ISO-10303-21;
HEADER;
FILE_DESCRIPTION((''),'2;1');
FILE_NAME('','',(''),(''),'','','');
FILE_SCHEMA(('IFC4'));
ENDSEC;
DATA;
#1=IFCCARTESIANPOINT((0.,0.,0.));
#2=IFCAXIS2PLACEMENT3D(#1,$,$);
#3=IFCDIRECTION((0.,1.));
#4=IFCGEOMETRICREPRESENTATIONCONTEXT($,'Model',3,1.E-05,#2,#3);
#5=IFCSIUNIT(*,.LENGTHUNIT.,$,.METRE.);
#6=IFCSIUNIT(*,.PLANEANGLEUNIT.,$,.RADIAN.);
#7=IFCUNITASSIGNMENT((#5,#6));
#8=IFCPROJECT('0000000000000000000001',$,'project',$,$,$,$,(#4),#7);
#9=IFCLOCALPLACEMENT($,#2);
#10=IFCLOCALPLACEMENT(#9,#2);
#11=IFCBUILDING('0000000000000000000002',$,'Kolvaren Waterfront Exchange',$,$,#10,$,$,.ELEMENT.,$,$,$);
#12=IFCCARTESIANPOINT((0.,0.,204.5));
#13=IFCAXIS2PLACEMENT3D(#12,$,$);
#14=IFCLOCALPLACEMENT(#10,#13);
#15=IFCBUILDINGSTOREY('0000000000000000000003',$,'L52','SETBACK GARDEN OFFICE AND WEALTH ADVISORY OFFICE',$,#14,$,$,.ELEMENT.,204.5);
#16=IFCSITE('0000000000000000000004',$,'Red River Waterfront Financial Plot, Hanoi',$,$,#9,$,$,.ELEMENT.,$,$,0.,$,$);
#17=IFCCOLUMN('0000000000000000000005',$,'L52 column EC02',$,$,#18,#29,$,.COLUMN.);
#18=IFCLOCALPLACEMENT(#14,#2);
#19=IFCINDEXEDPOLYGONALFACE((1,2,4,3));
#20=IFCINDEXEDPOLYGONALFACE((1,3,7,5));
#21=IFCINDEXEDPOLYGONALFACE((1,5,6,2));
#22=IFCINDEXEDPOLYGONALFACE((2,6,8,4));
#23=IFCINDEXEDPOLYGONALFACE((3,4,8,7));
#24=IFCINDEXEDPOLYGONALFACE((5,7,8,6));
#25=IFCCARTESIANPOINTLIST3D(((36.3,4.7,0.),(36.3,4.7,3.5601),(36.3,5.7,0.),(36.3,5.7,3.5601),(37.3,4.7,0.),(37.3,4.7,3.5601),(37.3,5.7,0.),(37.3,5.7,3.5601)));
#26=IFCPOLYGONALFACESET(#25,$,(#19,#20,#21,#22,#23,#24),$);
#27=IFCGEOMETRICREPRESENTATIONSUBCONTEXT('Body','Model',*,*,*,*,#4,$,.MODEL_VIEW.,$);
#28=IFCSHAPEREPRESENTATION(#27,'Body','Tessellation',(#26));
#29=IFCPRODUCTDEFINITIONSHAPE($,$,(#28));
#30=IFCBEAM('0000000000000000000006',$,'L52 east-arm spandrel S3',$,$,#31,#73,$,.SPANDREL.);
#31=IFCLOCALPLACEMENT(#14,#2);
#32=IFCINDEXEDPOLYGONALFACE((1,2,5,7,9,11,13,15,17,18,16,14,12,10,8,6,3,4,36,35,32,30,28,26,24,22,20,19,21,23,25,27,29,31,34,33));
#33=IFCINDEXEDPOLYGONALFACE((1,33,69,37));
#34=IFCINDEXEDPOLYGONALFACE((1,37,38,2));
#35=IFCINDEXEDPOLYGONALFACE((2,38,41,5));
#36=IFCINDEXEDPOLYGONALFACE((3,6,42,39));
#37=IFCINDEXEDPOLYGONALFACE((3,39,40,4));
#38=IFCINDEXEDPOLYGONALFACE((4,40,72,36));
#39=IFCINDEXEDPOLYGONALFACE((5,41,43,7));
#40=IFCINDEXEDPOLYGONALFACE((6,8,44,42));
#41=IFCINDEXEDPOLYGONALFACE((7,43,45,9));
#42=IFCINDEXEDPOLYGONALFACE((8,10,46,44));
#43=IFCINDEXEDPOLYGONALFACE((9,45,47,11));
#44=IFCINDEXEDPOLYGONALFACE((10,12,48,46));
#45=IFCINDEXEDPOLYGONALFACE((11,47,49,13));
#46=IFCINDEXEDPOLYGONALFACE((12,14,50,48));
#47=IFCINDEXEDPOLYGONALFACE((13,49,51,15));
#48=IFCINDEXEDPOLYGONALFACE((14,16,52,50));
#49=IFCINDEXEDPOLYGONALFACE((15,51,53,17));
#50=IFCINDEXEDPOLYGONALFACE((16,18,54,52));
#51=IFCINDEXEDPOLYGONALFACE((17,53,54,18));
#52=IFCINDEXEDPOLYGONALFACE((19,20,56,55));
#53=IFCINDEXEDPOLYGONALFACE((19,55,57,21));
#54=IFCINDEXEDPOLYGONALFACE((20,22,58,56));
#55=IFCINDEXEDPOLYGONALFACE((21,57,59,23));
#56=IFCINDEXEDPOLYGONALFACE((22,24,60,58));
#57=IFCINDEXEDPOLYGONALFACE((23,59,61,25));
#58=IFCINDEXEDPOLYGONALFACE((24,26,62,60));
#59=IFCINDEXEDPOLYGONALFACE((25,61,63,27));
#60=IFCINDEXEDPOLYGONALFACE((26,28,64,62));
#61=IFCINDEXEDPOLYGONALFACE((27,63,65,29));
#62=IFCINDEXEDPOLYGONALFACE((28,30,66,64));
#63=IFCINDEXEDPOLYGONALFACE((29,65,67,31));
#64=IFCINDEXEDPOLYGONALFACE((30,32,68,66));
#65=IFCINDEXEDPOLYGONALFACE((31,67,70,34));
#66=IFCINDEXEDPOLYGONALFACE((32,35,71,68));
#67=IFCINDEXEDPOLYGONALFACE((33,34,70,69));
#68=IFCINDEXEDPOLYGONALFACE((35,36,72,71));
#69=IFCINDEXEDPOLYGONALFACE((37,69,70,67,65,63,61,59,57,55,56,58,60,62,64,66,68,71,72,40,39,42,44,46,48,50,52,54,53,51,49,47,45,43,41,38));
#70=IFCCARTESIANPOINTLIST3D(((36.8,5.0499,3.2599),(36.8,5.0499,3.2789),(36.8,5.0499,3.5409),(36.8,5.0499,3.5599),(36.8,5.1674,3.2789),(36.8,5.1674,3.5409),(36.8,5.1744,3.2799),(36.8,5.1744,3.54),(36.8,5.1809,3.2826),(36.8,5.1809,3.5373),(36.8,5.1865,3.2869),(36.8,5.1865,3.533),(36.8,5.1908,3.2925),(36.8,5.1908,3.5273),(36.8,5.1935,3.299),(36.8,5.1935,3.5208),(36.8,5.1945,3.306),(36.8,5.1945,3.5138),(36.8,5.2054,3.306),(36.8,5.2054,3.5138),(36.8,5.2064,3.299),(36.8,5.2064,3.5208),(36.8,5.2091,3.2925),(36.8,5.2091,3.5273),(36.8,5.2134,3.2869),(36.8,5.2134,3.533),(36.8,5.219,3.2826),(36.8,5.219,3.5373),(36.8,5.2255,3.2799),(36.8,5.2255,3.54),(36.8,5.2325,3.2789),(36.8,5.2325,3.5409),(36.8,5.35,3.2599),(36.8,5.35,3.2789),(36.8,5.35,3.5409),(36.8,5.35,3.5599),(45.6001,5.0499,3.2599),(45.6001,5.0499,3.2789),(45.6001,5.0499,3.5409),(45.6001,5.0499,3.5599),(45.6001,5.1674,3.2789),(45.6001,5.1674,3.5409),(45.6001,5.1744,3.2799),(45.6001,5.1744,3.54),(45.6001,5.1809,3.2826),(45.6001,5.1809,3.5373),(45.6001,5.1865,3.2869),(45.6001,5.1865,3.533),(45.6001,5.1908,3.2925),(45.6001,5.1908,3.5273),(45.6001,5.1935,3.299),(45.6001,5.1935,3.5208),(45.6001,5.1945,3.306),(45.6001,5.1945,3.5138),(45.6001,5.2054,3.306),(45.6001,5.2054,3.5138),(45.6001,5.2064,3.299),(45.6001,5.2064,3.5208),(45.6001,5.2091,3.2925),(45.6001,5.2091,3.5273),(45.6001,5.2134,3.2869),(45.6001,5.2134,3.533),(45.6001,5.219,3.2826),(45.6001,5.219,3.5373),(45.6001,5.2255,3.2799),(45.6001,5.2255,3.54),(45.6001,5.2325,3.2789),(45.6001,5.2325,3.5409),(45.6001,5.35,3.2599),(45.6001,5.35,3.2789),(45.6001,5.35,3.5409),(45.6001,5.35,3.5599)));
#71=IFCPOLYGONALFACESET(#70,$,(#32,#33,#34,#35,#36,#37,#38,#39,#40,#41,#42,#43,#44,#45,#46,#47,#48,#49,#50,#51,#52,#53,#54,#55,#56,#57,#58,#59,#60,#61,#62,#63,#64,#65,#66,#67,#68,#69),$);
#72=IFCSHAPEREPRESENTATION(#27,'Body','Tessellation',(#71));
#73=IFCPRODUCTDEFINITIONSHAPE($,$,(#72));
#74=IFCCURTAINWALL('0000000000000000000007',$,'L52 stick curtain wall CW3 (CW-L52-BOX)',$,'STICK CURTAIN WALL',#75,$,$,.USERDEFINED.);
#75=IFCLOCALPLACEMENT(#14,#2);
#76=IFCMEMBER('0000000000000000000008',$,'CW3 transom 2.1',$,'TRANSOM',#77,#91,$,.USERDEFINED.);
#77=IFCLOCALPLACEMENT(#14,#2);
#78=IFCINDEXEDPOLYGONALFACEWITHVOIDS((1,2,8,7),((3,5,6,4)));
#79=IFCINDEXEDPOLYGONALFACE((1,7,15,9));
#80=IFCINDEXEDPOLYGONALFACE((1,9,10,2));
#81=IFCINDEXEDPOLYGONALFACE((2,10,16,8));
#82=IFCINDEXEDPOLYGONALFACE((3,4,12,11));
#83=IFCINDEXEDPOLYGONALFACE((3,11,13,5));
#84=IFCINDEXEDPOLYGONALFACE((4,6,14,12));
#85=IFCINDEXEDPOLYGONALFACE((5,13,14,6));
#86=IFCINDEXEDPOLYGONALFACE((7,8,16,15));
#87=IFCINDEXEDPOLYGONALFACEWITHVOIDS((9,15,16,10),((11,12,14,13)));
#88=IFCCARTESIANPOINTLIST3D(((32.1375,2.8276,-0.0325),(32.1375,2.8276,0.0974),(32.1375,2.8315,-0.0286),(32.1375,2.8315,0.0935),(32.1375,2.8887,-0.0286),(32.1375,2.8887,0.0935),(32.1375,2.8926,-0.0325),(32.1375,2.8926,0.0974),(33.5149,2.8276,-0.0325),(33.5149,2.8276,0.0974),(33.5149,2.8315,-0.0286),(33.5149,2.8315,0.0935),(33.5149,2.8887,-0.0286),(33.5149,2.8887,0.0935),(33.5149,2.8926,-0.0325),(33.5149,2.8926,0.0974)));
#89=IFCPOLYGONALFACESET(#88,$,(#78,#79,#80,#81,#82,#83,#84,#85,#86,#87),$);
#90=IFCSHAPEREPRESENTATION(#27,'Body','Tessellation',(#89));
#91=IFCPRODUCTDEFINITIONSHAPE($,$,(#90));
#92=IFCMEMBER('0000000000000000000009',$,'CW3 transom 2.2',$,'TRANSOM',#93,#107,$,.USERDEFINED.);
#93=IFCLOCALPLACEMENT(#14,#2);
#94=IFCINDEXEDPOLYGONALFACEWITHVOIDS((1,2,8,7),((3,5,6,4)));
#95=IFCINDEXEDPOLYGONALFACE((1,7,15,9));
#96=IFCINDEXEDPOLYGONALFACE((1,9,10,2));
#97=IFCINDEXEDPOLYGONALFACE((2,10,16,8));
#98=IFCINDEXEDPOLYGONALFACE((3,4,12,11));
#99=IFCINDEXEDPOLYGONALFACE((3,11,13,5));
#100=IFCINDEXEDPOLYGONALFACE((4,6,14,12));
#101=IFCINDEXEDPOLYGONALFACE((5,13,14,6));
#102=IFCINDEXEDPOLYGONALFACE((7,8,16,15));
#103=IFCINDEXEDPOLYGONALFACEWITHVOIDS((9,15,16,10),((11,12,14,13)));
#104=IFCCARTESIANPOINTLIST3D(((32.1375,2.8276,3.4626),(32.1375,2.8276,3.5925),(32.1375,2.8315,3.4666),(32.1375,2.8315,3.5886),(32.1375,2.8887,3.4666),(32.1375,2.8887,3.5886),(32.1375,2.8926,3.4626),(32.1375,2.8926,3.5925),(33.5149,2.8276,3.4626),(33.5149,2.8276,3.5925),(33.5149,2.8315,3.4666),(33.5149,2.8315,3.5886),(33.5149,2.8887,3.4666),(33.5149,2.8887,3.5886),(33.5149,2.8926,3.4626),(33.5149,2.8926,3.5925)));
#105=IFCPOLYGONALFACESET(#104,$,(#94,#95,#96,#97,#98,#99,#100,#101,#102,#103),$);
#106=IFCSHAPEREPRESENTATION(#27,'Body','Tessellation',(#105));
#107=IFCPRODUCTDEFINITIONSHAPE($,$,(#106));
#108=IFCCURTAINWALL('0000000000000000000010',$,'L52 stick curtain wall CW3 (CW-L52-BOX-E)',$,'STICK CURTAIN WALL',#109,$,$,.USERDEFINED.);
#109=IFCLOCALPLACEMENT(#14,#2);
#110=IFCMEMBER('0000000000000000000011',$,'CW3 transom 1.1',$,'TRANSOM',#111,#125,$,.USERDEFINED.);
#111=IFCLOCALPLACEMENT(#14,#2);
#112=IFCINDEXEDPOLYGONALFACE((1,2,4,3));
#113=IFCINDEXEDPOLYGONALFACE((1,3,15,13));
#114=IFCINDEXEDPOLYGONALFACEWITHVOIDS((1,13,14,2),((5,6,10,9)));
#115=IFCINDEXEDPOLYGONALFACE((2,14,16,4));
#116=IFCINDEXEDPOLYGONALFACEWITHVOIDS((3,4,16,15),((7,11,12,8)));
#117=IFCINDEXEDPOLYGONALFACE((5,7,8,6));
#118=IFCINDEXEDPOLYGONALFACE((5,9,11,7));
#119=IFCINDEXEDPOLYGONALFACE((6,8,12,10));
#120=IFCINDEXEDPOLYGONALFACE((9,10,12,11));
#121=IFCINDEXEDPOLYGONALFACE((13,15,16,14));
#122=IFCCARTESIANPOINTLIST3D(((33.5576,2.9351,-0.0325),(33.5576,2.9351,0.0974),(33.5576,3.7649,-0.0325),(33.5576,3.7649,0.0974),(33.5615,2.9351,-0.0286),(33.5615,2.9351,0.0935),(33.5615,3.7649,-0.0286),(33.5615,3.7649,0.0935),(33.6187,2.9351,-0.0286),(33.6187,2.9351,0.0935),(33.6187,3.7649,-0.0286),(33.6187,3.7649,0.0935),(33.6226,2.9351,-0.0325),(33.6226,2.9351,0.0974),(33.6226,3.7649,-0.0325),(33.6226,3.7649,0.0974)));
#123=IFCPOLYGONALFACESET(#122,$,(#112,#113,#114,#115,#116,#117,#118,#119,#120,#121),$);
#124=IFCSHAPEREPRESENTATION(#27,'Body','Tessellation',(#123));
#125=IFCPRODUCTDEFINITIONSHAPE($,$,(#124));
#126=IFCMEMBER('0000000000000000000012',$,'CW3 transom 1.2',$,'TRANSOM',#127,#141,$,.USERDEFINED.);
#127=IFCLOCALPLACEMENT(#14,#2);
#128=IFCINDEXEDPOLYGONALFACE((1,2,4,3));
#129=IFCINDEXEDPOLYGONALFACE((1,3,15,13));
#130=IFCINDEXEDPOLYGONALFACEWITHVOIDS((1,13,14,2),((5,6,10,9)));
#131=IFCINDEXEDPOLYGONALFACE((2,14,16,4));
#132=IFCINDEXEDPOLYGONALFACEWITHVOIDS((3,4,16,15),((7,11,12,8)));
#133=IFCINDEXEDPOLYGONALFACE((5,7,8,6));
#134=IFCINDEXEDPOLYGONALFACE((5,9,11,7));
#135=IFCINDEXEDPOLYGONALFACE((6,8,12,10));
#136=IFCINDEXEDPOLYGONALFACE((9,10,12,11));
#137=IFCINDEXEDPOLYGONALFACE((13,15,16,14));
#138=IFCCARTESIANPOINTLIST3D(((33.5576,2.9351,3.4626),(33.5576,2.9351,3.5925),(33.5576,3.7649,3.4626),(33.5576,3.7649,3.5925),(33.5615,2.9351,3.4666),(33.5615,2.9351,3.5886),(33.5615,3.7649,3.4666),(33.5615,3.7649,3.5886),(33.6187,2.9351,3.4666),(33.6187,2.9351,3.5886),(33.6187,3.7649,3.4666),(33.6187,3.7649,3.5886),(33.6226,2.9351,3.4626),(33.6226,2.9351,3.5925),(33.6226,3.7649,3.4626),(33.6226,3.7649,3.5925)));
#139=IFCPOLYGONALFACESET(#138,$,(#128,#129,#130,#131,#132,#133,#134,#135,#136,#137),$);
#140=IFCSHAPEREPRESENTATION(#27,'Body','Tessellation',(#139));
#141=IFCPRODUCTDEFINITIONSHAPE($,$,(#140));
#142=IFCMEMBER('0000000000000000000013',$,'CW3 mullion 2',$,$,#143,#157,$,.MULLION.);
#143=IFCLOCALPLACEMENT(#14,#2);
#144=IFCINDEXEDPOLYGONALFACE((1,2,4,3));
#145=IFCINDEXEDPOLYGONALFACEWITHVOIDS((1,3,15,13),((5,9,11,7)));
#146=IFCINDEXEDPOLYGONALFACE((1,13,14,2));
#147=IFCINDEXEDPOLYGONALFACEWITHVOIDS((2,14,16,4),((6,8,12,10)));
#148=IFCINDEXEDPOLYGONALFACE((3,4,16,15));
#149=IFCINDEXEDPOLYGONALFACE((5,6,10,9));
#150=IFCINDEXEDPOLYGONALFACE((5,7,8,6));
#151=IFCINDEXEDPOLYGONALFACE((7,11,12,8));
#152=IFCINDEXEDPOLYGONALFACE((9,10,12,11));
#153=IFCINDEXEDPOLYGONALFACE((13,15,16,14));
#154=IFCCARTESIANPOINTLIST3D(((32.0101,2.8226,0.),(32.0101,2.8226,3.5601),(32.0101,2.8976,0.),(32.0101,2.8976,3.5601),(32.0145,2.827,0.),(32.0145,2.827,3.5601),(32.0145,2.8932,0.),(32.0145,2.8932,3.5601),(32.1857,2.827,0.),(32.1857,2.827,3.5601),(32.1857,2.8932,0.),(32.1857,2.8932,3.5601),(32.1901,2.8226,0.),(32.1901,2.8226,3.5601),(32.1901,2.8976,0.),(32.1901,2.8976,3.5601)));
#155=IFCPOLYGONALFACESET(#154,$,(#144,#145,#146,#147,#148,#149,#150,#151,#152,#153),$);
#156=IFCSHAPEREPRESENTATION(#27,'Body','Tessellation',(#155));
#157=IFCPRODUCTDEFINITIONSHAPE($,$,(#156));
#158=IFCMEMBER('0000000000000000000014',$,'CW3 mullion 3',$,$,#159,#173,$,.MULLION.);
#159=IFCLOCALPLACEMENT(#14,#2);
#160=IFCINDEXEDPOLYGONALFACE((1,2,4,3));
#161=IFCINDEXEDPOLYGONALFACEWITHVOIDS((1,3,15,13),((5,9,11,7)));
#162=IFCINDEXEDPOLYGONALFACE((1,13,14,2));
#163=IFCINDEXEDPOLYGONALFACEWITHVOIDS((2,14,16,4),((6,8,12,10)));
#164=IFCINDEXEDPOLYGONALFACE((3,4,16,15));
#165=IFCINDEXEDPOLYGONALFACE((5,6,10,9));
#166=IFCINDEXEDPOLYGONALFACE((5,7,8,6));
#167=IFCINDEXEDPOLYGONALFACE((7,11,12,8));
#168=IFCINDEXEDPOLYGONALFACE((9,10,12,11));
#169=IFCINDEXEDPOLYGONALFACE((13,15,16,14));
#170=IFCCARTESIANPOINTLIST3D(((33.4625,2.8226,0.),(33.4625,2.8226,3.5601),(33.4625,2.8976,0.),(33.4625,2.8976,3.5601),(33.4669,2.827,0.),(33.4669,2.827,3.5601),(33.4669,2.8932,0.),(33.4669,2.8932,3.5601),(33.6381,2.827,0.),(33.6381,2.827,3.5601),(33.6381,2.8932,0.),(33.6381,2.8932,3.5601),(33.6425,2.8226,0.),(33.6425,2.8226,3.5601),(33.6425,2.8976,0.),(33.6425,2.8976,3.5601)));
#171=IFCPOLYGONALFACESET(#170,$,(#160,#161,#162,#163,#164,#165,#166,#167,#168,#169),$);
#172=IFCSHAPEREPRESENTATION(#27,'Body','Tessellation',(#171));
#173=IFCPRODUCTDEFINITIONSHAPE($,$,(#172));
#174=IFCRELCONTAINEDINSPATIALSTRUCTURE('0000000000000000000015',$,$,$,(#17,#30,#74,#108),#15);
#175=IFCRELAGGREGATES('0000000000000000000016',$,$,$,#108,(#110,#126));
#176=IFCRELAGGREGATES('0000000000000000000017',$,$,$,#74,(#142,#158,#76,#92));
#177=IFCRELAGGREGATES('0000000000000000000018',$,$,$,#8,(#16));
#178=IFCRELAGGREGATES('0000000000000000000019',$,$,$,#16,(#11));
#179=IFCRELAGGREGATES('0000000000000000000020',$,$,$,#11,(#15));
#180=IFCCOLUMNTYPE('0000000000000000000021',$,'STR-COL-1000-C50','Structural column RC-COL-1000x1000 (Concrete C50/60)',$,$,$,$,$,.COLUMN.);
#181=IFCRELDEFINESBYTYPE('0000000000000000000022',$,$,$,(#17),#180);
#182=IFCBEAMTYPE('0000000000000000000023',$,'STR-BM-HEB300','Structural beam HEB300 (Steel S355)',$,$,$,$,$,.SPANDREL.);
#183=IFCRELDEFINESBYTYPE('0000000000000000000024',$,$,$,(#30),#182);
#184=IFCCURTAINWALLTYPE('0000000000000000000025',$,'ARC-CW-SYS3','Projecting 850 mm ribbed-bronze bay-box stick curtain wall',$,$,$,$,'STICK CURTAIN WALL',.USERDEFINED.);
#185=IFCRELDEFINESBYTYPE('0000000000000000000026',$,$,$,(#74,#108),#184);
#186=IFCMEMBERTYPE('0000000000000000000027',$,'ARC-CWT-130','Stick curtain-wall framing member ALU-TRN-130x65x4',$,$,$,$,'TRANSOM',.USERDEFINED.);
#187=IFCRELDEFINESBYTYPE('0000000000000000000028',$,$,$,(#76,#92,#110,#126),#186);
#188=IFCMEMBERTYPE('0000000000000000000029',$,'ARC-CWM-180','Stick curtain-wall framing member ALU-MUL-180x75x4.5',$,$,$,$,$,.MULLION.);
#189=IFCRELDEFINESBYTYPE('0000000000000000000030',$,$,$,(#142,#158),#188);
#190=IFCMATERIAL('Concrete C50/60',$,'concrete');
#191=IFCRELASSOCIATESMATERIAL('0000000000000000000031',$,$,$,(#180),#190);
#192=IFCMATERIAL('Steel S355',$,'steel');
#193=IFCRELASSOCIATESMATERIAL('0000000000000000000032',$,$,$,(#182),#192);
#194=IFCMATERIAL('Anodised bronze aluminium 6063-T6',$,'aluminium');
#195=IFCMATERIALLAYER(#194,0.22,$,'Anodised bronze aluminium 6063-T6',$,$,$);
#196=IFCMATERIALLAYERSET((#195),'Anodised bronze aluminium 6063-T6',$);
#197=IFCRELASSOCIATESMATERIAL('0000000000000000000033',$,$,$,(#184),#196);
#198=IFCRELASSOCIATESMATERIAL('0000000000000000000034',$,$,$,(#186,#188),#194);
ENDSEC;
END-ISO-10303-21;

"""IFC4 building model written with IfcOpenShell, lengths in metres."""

from ifc_helpers import new_model, si_unit, direction, frame, origin, origin_with_axes, origin_2d, place, context, subcontext, project, spatial, rectangle, hollow_rectangle, i_section, extrude, source, transform, mapped, material, layer, layer_set, material_profile, profile_set, type_object, element, aggregate, save


model = new_model("IFC4")

# Units and contexts
model_context = context("Model", 3, precision=1e-05, world=origin(), true_north=direction((0.0, 1.0)))
body_context = subcontext(model_context, "Body", "Model", "MODEL_VIEW")
ifc_project = project(units=[si_unit("LENGTHUNIT", "METRE"), si_unit("PLANEANGLEUNIT", "RADIAN")], contexts=[model_context])

# Site, building, storey
site_placement = place(None, origin())
site = spatial("IfcSite", under=ifc_project, at=site_placement, Name="Red River Waterfront Financial Plot, Hanoi", CompositionType="ELEMENT", RefElevation=0.0)
building_placement = place(site_placement, origin())
building = spatial("IfcBuilding", under=site, at=building_placement, Name="Kolvaren Waterfront Exchange", CompositionType="ELEMENT")
storey_placement = place(building_placement, frame((0.0, 0.0, 204.5)))
storey = spatial("IfcBuildingStorey", under=building, at=storey_placement, Name="L52", Description="SETBACK GARDEN OFFICE AND WEALTH ADVISORY OFFICE", CompositionType="ELEMENT", Elevation=204.5)

# Column
ifc_material_1 = material(Name="Concrete C50/60", Category="concrete")
ifc_material_profile_1 = material_profile(ifc_material_1, rectangle(XDim=1.0, YDim=1.0, at=origin_2d()), Name="RC-COL-1000x1000")
ifc_profile_set_1 = profile_set([ifc_material_profile_1], Name="Concrete C50/60")
column_type = type_object("IfcColumnType", Name="STR-COL-1000-C50", Description="Structural column RC-COL-1000x1000 (Concrete C50/60)", PredefinedType="COLUMN", material=ifc_profile_set_1)
column_placement = place(storey_placement, frame((36.8, 5.2, 0.0), z_axis=(0.0, 0.0, 1.0), x_axis=(1.0, 0.0, 0.0)))
element("IfcColumn", 1, at=column_placement, inside=storey, type_object=column_type, Name="L52 column EC02", PredefinedType="COLUMN", context=body_context, shape_type="SweptSolid", body=[
    extrude(rectangle(XDim=1.0, YDim=1.0, at=origin_2d()), origin(), (0.0, 0.0, 1.0), 3.5601),
])

# Beam
ifc_material_2 = material(Name="Steel S355", Category="steel")
ifc_material_profile_2 = material_profile(ifc_material_2, i_section(OverallWidth=0.3, OverallDepth=0.3, WebThickness=0.011, FlangeThickness=0.019, FilletRadius=0.0271, at=origin_2d()), Name="HEB300")
ifc_profile_set_2 = profile_set([ifc_material_profile_2], Name="Steel S355")
beam_type = type_object("IfcBeamType", Name="STR-BM-HEB300", Description="Structural beam HEB300 (Steel S355)", PredefinedType="SPANDREL", material=ifc_profile_set_2)
beam_placement = place(storey_placement, frame((36.8, 5.2, 3.4099), z_axis=(1.0, 0.0, 0.0), x_axis=(0.0, 1.0, 0.0)))
element("IfcBeam", 2, at=beam_placement, inside=storey, type_object=beam_type, Name="L52 east-arm spandrel S3", PredefinedType="SPANDREL", context=body_context, shape_type="SweptSolid", body=[
    extrude(i_section(OverallWidth=0.3, OverallDepth=0.3, WebThickness=0.011, FlangeThickness=0.019, FilletRadius=0.0271, at=origin_2d()), origin(), (0.0, 0.0, 1.0), 8.8),
])

# Curtain walls, members
ifc_material_3 = material(Name="Anodised bronze aluminium 6063-T6", Category="aluminium")
ifc_layer_1 = layer(ifc_material_3, 0.22, Name="Anodised bronze aluminium 6063-T6")
ifc_layer_set_1 = layer_set([ifc_layer_1], Name="Anodised bronze aluminium 6063-T6")
curtain_wall_type_1 = type_object("IfcCurtainWallType", Name="ARC-CW-SYS3", Description="Projecting 850 mm ribbed-bronze bay-box stick curtain wall", ElementType="STICK CURTAIN WALL", PredefinedType="USERDEFINED", material=ifc_layer_set_1)
curtain_wall_1_placement = place(storey_placement, origin())
curtain_wall_1 = element("IfcCurtainWall", 3, at=curtain_wall_1_placement, inside=storey, type_object=curtain_wall_type_1, Name="L52 stick curtain wall CW3 (CW-L52-BOX)", ObjectType="STICK CURTAIN WALL", PredefinedType="USERDEFINED")
ifc_material_profile_3 = material_profile(ifc_material_3, hollow_rectangle(XDim=0.0649, YDim=0.1299, WallThickness=0.0039, at=origin_2d()), Name="ALU-TRN-130x65x4")
ifc_profile_set_3 = profile_set([ifc_material_profile_3], Name="Anodised bronze aluminium 6063-T6")
member_type_1 = type_object("IfcMemberType", Name="ARC-CWT-130", Description="Stick curtain-wall framing member ALU-TRN-130x65x4", ElementType="TRANSOM", PredefinedType="USERDEFINED", material=ifc_profile_set_3)
shared_shape_1 = source(origin_with_axes(), body_context, "Body", "SweptSolid", [
    extrude(hollow_rectangle(XDim=0.0649, YDim=0.1299, WallThickness=0.0039, at=origin_2d()), origin(), (0.0, 0.0, 1.0), 1.3774),
])
member_1_placement = place(storey_placement, frame((32.1375, 2.8601, 0.0325), z_axis=(1.0, 0.0, 0.0), x_axis=(0.0, 1.0, 0.0)))
member_1 = element("IfcMember", 4, at=member_1_placement, type_object=member_type_1, Name="CW3 transom 2.1", ObjectType="TRANSOM", PredefinedType="USERDEFINED", context=body_context, shape_type="MappedRepresentation", body=[
    mapped(shared_shape_1, transform((0.0, 0.0, 0.0), x_axis=(1.0, 0.0, 0.0), y_axis=(0.0, 1.0, 0.0), z_axis=(0.0, 0.0, 1.0), scale=1.0)),
])
member_2_placement = place(storey_placement, frame((32.1375, 2.8601, 3.5276), z_axis=(1.0, 0.0, 0.0), x_axis=(0.0, 1.0, 0.0)))
member_2 = element("IfcMember", 5, at=member_2_placement, type_object=member_type_1, Name="CW3 transom 2.2", ObjectType="TRANSOM", PredefinedType="USERDEFINED", context=body_context, shape_type="MappedRepresentation", body=[
    mapped(shared_shape_1, transform((0.0, 0.0, 0.0), x_axis=(1.0, 0.0, 0.0), y_axis=(0.0, 1.0, 0.0), z_axis=(0.0, 0.0, 1.0), scale=1.0)),
])
curtain_wall_2_placement = place(storey_placement, origin())
curtain_wall_2 = element("IfcCurtainWall", 6, at=curtain_wall_2_placement, inside=storey, type_object=curtain_wall_type_1, Name="L52 stick curtain wall CW3 (CW-L52-BOX-E)", ObjectType="STICK CURTAIN WALL", PredefinedType="USERDEFINED")
shared_shape_2 = source(origin_with_axes(), body_context, "Body", "SweptSolid", [
    extrude(hollow_rectangle(XDim=0.0649, YDim=0.1299, WallThickness=0.0039, at=origin_2d()), origin(), (0.0, 0.0, 1.0), 0.8298),
])
member_3_placement = place(storey_placement, frame((33.5901, 2.9351, 0.0325), z_axis=(0.0, 1.0, 0.0), x_axis=(-1.0, 0.0, 0.0)))
member_3 = element("IfcMember", 7, at=member_3_placement, type_object=member_type_1, Name="CW3 transom 1.1", ObjectType="TRANSOM", PredefinedType="USERDEFINED", context=body_context, shape_type="MappedRepresentation", body=[
    mapped(shared_shape_2, transform((0.0, 0.0, 0.0), x_axis=(1.0, 0.0, 0.0), y_axis=(0.0, 1.0, 0.0), z_axis=(0.0, 0.0, 1.0), scale=1.0)),
])
member_4_placement = place(storey_placement, frame((33.5901, 2.9351, 3.5276), z_axis=(0.0, 1.0, 0.0), x_axis=(-1.0, 0.0, 0.0)))
member_4 = element("IfcMember", 8, at=member_4_placement, type_object=member_type_1, Name="CW3 transom 1.2", ObjectType="TRANSOM", PredefinedType="USERDEFINED", context=body_context, shape_type="MappedRepresentation", body=[
    mapped(shared_shape_2, transform((0.0, 0.0, 0.0), x_axis=(1.0, 0.0, 0.0), y_axis=(0.0, 1.0, 0.0), z_axis=(0.0, 0.0, 1.0), scale=1.0)),
])

# Members
ifc_material_profile_4 = material_profile(ifc_material_3, hollow_rectangle(XDim=0.075, YDim=0.1799, WallThickness=0.0044, at=origin_2d()), Name="ALU-MUL-180x75x4.5")
ifc_profile_set_4 = profile_set([ifc_material_profile_4], Name="Anodised bronze aluminium 6063-T6")
member_type_2 = type_object("IfcMemberType", Name="ARC-CWM-180", Description="Stick curtain-wall framing member ALU-MUL-180x75x4.5", PredefinedType="MULLION", material=ifc_profile_set_4)
shared_shape_3 = source(origin_with_axes(), body_context, "Body", "SweptSolid", [
    extrude(hollow_rectangle(XDim=0.075, YDim=0.1799, WallThickness=0.0044, at=origin_2d()), origin(), (0.0, 0.0, 1.0), 3.5601),
])
member_5_placement = place(storey_placement, frame((32.1001, 2.8601, 0.0), z_axis=(0.0, 0.0, 1.0), x_axis=(0.0, 1.0, 0.0)))
member_5 = element("IfcMember", 9, at=member_5_placement, type_object=member_type_2, Name="CW3 mullion 2", PredefinedType="MULLION", context=body_context, shape_type="MappedRepresentation", body=[
    mapped(shared_shape_3, transform((0.0, 0.0, 0.0), x_axis=(1.0, 0.0, 0.0), y_axis=(0.0, 1.0, 0.0), z_axis=(0.0, 0.0, 1.0), scale=1.0)),
])
member_6_placement = place(storey_placement, frame((33.5525, 2.8601, 0.0), z_axis=(0.0, 0.0, 1.0), x_axis=(0.0, 1.0, 0.0)))
member_6 = element("IfcMember", 10, at=member_6_placement, type_object=member_type_2, Name="CW3 mullion 3", PredefinedType="MULLION", context=body_context, shape_type="MappedRepresentation", body=[
    mapped(shared_shape_3, transform((0.0, 0.0, 0.0), x_axis=(1.0, 0.0, 0.0), y_axis=(0.0, 1.0, 0.0), z_axis=(0.0, 0.0, 1.0), scale=1.0)),
])

aggregate(curtain_wall_2, [member_3, member_4])
aggregate(curtain_wall_1, [member_5, member_6, member_1, member_2])

save(model, "model.ifc")
